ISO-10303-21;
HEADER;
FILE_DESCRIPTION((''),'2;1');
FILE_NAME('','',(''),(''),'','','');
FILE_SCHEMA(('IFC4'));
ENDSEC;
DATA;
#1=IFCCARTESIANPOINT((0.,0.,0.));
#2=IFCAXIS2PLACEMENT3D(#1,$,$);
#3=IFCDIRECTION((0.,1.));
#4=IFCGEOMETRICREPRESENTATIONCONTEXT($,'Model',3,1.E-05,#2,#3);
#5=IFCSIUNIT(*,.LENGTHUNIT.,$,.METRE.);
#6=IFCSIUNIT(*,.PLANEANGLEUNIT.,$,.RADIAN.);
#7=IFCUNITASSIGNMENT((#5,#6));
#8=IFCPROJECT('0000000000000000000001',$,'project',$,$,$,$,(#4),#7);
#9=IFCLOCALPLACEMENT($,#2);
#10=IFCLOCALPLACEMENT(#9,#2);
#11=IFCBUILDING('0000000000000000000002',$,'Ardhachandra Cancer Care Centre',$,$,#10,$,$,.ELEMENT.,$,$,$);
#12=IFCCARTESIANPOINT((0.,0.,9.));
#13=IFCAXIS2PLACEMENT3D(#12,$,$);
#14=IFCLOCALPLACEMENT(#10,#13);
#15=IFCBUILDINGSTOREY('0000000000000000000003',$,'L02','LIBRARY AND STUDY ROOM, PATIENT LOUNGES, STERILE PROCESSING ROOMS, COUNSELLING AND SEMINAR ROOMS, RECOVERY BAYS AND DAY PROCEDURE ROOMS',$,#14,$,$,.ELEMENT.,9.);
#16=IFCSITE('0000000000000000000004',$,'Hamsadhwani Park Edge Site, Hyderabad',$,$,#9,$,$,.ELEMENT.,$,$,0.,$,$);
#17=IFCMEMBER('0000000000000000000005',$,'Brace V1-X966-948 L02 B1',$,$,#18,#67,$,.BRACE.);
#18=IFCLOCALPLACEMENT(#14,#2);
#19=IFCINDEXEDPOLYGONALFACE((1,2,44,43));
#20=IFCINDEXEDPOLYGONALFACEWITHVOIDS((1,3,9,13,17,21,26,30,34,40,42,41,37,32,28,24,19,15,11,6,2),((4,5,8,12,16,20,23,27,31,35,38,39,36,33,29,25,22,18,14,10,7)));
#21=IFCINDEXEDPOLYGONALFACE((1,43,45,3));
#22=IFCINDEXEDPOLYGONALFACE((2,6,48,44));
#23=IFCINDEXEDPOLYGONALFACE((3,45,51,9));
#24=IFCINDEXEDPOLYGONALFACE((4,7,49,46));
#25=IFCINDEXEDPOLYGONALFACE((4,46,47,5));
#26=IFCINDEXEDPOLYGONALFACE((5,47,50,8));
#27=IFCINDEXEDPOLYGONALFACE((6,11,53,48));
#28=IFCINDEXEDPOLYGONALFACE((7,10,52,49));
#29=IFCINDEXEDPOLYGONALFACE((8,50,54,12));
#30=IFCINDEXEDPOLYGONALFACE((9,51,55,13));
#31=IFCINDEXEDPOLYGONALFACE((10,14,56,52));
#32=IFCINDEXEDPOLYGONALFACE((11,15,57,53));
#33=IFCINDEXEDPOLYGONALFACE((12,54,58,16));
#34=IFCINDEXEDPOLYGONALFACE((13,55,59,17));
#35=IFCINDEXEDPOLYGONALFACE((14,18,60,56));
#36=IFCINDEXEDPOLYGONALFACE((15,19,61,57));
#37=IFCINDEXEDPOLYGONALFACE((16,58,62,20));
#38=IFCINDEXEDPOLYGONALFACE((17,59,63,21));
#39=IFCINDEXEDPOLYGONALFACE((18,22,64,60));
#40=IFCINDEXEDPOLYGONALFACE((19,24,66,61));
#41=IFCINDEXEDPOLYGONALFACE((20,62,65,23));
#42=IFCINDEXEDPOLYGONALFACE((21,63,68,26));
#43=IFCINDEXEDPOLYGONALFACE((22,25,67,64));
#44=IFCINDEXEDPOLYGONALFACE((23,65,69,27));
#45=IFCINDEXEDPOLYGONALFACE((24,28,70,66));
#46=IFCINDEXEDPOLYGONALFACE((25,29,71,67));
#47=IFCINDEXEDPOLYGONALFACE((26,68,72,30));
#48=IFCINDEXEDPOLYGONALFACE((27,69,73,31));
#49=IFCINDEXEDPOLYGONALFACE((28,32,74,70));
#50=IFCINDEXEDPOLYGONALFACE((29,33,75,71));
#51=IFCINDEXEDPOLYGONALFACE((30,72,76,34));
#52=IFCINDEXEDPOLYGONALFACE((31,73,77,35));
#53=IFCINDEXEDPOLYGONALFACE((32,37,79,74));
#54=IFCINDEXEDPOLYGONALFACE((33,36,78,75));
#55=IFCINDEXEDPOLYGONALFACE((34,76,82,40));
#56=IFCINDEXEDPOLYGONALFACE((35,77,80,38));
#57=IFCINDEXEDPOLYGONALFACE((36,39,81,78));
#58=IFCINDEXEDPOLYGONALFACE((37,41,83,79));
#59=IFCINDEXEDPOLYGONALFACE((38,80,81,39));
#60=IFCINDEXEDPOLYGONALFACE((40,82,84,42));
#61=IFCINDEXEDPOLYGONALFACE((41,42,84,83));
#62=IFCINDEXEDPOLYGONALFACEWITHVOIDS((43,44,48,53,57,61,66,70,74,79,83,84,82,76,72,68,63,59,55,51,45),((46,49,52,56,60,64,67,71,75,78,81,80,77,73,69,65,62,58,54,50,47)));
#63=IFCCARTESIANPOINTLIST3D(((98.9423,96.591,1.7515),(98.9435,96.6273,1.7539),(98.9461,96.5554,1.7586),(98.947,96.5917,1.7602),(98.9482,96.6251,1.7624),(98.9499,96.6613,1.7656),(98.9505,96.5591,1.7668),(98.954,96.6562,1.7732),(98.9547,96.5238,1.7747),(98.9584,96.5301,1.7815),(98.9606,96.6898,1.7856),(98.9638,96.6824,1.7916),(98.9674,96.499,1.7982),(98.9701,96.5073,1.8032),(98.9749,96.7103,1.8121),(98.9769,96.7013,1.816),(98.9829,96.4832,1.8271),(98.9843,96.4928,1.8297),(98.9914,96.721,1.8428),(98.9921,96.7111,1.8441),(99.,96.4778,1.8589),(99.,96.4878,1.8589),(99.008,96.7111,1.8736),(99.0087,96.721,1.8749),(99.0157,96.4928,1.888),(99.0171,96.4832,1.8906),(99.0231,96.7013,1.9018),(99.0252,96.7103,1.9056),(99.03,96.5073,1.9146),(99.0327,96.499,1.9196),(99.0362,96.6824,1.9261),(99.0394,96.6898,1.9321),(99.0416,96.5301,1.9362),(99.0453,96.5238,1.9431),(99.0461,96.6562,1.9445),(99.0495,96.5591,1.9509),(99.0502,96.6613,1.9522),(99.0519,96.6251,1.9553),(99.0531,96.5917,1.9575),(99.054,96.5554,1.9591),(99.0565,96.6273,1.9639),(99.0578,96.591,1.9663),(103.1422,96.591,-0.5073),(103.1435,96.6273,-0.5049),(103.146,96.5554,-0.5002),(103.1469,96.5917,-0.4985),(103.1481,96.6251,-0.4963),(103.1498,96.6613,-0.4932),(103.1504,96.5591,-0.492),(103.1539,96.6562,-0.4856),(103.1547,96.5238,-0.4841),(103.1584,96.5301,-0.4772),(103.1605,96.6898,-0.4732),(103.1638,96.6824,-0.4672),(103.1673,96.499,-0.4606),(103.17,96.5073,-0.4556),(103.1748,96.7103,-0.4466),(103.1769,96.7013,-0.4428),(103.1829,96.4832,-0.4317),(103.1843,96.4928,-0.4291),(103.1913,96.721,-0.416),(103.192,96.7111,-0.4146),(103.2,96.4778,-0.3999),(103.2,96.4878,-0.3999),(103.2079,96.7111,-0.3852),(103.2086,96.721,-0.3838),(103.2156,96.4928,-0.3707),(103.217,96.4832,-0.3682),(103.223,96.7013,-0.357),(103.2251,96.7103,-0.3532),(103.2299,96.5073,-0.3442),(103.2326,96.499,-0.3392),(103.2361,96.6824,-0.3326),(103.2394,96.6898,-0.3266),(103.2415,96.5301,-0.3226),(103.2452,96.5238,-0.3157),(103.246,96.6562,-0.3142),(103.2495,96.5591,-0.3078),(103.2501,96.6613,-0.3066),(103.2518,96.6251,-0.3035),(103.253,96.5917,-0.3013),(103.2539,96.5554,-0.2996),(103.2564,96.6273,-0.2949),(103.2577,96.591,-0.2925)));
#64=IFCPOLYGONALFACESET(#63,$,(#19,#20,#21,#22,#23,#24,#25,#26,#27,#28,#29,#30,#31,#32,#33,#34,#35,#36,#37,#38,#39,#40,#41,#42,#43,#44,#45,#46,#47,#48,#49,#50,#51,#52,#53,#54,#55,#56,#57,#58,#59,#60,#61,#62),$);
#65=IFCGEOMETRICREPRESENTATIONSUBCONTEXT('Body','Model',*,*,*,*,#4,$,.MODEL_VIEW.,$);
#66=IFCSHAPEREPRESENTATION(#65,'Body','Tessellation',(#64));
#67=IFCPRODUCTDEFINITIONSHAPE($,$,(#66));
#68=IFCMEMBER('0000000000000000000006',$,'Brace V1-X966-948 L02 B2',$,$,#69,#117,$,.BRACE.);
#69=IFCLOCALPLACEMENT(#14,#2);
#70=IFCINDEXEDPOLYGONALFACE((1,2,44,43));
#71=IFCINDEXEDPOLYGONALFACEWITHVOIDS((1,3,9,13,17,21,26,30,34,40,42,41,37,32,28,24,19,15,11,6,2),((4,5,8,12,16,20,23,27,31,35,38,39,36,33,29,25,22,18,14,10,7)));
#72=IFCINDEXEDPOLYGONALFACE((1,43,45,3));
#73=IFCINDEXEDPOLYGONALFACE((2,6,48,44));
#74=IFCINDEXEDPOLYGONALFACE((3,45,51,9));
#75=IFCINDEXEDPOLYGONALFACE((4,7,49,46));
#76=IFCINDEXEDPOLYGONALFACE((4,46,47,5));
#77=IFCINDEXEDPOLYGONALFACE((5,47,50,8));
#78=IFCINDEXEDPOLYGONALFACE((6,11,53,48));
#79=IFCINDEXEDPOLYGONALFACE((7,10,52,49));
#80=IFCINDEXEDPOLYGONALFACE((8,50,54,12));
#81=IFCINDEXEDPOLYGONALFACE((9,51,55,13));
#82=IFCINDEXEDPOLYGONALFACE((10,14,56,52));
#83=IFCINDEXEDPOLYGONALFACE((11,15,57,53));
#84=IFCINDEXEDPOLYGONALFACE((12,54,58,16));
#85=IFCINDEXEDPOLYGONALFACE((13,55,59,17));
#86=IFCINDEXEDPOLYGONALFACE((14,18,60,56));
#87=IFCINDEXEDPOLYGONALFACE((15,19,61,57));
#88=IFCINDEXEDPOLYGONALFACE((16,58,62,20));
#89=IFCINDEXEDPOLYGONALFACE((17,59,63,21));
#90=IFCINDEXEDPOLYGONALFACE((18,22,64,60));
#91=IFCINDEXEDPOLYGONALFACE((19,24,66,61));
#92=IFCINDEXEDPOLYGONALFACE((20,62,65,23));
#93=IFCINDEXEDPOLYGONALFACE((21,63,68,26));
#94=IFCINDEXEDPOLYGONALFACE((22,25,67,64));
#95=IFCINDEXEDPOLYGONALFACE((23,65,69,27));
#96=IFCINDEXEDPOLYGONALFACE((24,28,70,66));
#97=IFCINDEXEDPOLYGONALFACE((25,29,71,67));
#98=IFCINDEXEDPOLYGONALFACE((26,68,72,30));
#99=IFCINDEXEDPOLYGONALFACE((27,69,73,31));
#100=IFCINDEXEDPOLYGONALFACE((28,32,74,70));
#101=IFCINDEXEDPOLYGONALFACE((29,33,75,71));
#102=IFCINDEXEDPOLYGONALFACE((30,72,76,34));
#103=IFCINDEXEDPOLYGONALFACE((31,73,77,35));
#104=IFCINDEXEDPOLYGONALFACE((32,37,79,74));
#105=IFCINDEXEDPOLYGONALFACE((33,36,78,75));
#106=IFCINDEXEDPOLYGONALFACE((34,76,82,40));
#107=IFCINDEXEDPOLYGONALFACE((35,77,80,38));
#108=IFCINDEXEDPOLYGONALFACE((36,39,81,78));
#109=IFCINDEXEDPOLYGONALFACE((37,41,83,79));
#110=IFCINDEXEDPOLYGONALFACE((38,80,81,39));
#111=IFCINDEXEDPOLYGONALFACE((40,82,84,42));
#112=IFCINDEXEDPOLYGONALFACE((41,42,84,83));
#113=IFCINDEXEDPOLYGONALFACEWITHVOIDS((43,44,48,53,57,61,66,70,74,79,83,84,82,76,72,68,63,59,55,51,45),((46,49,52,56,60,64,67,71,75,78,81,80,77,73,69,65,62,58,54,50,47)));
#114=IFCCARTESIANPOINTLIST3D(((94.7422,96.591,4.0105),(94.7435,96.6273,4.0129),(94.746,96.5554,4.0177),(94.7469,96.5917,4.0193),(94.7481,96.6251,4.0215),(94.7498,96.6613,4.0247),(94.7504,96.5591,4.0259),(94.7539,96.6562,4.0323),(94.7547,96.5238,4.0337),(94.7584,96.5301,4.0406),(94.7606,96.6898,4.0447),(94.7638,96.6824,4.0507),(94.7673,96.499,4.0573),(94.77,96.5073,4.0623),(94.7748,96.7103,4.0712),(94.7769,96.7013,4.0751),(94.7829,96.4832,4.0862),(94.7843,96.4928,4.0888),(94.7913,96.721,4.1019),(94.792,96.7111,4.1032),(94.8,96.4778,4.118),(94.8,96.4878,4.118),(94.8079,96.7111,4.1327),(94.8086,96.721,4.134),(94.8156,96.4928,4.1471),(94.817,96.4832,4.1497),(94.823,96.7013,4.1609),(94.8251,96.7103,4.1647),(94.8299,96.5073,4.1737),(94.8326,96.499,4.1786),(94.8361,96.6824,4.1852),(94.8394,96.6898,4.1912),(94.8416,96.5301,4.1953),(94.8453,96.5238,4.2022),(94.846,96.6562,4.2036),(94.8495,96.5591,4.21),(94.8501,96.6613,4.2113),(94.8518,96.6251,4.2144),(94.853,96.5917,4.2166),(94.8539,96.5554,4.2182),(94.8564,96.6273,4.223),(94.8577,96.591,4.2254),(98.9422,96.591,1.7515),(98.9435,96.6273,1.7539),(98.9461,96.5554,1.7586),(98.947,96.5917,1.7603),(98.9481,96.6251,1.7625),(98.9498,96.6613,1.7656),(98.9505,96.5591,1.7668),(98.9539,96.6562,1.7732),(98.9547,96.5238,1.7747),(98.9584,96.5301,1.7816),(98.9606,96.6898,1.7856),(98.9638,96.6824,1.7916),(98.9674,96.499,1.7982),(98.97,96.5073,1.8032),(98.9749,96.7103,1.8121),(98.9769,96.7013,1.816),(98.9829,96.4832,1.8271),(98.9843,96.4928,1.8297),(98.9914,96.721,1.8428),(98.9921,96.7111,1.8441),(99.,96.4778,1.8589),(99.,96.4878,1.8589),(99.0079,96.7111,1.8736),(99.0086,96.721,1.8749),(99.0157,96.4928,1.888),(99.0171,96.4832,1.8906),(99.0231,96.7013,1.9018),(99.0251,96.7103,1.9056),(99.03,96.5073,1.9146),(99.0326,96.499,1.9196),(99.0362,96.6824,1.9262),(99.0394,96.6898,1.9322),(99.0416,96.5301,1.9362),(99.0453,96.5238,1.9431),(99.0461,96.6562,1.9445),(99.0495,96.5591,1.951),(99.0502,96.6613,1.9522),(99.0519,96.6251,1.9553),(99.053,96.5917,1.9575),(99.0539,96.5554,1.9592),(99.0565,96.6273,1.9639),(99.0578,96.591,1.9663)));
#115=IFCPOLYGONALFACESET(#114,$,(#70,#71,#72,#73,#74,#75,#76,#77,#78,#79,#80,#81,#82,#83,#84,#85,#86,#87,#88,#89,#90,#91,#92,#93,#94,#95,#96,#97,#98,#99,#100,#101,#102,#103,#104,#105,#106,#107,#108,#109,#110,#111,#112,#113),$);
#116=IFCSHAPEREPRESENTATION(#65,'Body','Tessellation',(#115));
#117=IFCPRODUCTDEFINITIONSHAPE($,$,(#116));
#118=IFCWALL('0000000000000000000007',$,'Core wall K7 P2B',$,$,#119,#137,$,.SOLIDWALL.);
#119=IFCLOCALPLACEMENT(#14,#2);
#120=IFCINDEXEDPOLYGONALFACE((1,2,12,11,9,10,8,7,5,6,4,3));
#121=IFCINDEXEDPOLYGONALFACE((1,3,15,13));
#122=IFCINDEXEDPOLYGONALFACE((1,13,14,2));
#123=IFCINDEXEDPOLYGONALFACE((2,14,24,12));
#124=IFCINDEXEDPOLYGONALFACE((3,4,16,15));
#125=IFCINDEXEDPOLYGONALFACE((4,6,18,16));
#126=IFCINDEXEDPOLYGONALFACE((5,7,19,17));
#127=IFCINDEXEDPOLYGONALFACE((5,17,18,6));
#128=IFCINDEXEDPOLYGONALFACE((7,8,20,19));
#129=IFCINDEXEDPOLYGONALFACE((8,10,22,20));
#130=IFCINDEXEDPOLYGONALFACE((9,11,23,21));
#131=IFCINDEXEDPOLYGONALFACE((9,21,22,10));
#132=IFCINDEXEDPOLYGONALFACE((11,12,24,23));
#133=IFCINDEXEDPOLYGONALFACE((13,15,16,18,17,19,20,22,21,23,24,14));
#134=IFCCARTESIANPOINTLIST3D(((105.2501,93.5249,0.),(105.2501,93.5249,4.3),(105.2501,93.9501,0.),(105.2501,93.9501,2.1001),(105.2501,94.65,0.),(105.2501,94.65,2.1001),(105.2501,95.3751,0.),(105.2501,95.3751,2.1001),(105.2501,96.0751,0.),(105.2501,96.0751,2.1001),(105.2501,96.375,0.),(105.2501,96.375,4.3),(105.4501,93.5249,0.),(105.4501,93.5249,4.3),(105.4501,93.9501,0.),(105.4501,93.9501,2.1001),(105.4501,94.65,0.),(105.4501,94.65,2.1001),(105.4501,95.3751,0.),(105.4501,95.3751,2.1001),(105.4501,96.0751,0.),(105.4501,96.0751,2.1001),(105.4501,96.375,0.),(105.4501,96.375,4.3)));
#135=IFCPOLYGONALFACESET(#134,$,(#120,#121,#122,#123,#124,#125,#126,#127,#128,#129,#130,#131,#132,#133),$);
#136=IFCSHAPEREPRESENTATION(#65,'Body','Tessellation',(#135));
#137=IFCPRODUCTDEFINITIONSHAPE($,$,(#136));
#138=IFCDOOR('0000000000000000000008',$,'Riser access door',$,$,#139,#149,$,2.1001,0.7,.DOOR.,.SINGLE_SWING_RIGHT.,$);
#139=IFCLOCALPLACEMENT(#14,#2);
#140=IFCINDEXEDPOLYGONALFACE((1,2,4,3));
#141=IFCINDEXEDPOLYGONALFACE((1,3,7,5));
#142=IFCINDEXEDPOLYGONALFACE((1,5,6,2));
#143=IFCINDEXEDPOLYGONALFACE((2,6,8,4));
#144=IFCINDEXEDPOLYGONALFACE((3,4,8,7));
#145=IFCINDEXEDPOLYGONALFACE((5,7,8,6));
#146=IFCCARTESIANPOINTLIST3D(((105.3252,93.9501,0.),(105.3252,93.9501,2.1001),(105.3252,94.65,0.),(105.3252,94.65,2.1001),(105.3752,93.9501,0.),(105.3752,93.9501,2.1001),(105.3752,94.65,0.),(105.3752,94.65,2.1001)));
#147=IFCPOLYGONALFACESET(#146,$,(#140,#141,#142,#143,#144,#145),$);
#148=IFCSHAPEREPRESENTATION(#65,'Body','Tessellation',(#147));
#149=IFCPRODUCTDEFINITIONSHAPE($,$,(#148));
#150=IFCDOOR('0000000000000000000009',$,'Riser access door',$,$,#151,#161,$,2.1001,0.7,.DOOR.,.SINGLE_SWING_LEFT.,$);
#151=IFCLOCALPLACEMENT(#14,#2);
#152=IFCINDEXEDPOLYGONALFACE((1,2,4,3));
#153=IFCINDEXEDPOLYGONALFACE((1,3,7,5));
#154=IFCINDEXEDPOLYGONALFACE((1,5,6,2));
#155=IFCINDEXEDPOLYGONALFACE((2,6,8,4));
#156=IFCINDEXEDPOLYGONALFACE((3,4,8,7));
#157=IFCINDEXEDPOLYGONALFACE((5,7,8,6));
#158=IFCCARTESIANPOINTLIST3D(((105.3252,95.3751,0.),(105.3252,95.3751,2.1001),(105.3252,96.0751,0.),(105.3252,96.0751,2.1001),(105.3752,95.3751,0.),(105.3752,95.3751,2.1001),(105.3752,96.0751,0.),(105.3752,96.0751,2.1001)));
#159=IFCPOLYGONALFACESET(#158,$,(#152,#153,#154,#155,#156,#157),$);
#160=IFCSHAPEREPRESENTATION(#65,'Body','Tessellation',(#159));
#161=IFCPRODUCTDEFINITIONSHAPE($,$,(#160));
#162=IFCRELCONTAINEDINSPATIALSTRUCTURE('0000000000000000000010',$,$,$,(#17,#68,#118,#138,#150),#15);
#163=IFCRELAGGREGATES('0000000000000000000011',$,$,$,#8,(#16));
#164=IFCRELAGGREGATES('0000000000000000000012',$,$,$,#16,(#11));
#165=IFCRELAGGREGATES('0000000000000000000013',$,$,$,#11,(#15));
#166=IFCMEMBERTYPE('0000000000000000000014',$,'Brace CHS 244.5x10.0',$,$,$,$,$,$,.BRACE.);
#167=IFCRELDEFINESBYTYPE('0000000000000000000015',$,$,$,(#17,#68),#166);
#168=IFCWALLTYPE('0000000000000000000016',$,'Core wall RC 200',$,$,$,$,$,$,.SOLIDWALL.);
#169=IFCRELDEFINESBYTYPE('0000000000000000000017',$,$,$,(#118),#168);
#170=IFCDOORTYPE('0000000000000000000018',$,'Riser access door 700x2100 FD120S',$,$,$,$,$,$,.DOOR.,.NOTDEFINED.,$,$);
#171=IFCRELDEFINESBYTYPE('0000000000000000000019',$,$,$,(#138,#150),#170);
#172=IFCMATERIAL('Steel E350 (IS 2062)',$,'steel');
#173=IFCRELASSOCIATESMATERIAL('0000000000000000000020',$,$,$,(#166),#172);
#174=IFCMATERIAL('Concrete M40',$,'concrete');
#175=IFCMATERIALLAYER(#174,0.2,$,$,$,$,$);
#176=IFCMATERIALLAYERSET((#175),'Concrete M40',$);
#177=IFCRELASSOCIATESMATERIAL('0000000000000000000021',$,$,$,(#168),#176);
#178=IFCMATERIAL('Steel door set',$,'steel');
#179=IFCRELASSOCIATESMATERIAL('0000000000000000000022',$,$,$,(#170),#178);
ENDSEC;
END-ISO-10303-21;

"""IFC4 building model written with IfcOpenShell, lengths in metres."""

from ifc_helpers import new_model, si_unit, direction, frame, frame_2d, origin, origin_2d, place, context, subcontext, project, spatial, rectangle, hollow_circle, extrude, material, layer, layer_set, material_profile, profile_set, type_object, element, fill, save


model = new_model("IFC4")

# Units and contexts
model_context = context("Model", 3, precision=1e-05, world=origin(), true_north=direction((0.0, 1.0)))
body_context = subcontext(model_context, "Body", "Model", "MODEL_VIEW")
ifc_project = project(units=[si_unit("LENGTHUNIT", "METRE"), si_unit("PLANEANGLEUNIT", "RADIAN")], contexts=[model_context])

# Site, building, storey
site_placement = place(None, origin())
site = spatial("IfcSite", under=ifc_project, at=site_placement, Name="Hamsadhwani Park Edge Site, Hyderabad", CompositionType="ELEMENT", RefElevation=0.0)
building_placement = place(site_placement, origin())
building = spatial("IfcBuilding", under=site, at=building_placement, Name="Ardhachandra Cancer Care Centre", CompositionType="ELEMENT")
storey_placement = place(building_placement, frame((0.0, 0.0, 9.0)))
storey = spatial("IfcBuildingStorey", under=building, at=storey_placement, Name="L02", Description="LIBRARY AND STUDY ROOM, PATIENT LOUNGES, STERILE PROCESSING ROOMS, COUNSELLING AND SEMINAR ROOMS, RECOVERY BAYS AND DAY PROCEDURE ROOMS", CompositionType="ELEMENT", Elevation=9.0)

# Members
ifc_material_1 = material(Name="Steel E350 (IS 2062)", Category="steel")
ifc_material_profile_1 = material_profile(ifc_material_1, hollow_circle(Radius=0.1223, WallThickness=0.01, at=origin_2d()), Name="CHS 244.5x10.0")
ifc_profile_set_1 = profile_set([ifc_material_profile_1], Name="Steel E350 (IS 2062)")
member_type = type_object("IfcMemberType", Name="Brace CHS 244.5x10.0", PredefinedType="BRACE", material=ifc_profile_set_1)
member_1_placement = place(storey_placement, frame((103.2, 96.6001, -0.3999), z_axis=(-0.880709, 0.0, 0.473657), x_axis=(0.0, -1.0, 0.0)))
element("IfcMember", 1, at=member_1_placement, inside=storey, type_object=member_type, Name="Brace V1-X966-948 L02 B1", PredefinedType="BRACE", context=body_context, shape_type="SweptSolid", body=[
    extrude(hollow_circle(Radius=0.1223, WallThickness=0.01, at=origin_2d()), origin(), (0.0, 0.0, 1.0), 4.7688),
])
member_2_placement = place(storey_placement, frame((99.0, 96.6001, 1.8589), z_axis=(-0.880688, 0.0, 0.473697), x_axis=(0.0, -1.0, 0.0)))
element("IfcMember", 2, at=member_2_placement, inside=storey, type_object=member_type, Name="Brace V1-X966-948 L02 B2", PredefinedType="BRACE", context=body_context, shape_type="SweptSolid", body=[
    extrude(hollow_circle(Radius=0.1223, WallThickness=0.01, at=origin_2d()), origin(), (0.0, 0.0, 1.0), 4.769),
])

# Wall, openings, doors
ifc_material_2 = material(Name="Concrete M40", Category="concrete")
ifc_layer_1 = layer(ifc_material_2, 0.2)
ifc_layer_set_1 = layer_set([ifc_layer_1], Name="Concrete M40")
wall_type_1 = type_object("IfcWallType", Name="Core wall RC 200", PredefinedType="SOLIDWALL", material=ifc_layer_set_1)
wall_1_placement = place(storey_placement, frame((105.3501, 93.5249, 0.0), z_axis=(0.0, 0.0, 1.0), x_axis=(0.0, 1.0, 0.0)))
wall_1 = element("IfcWall", 3, at=wall_1_placement, inside=storey, type_object=wall_type_1, Name="Core wall K7 P2B", PredefinedType="SOLIDWALL", context=body_context, shape_type="SweptSolid", body=[
    extrude(rectangle(XDim=2.8501, YDim=0.2, at=frame_2d((1.425, 0.0))), origin(), (0.0, 0.0, 1.0), 4.3),
])
opening_1_placement = place(wall_1_placement, frame((0.425, 0.0, 0.0)))
opening_1 = element("IfcOpeningElement", 4, at=opening_1_placement, cuts=wall_1, PredefinedType="OPENING", context=body_context, shape_type="SweptSolid", body=[
    extrude(rectangle(XDim=0.7, YDim=2.1001, at=frame_2d((0.3501, 1.05))), frame((0.0, 0.1099, 0.0), z_axis=(0.0, -1.0, 0.0), x_axis=(1.0, 0.0, 0.0)), (0.0, 0.0, 1.0), 0.22),
])
opening_2_placement = place(wall_1_placement, frame((1.8501, 0.0, 0.0)))
opening_2 = element("IfcOpeningElement", 5, at=opening_2_placement, cuts=wall_1, PredefinedType="OPENING", context=body_context, shape_type="SweptSolid", body=[
    extrude(rectangle(XDim=0.7, YDim=2.1001, at=frame_2d((0.3501, 1.05))), frame((0.0, 0.1099, 0.0), z_axis=(0.0, -1.0, 0.0), x_axis=(1.0, 0.0, 0.0)), (0.0, 0.0, 1.0), 0.22),
])
ifc_material_3 = material(Name="Steel door set", Category="steel")
door_type_1 = type_object("IfcDoorType", Name="Riser access door 700x2100 FD120S", OperationType="NOTDEFINED", PredefinedType="DOOR", material=ifc_material_3)
door_1_placement = place(opening_1_placement, origin())
door_1 = element("IfcDoor", 6, at=door_1_placement, inside=storey, type_object=door_type_1, Name="Riser access door", OperationType="SINGLE_SWING_RIGHT", OverallHeight=2.1001, OverallWidth=0.7, PredefinedType="DOOR", context=body_context, shape_type="SweptSolid", body=[
    extrude(rectangle(XDim=0.7, YDim=2.1001, at=frame_2d((0.3501, 1.05))), frame((0.0, 0.0249, 0.0), z_axis=(0.0, -1.0, 0.0), x_axis=(1.0, 0.0, 0.0)), (0.0, 0.0, 1.0), 0.05),
])
fill(opening_1, door_1)
door_2_placement = place(opening_2_placement, origin())
door_2 = element("IfcDoor", 7, at=door_2_placement, inside=storey, type_object=door_type_1, Name="Riser access door", OperationType="SINGLE_SWING_LEFT", OverallHeight=2.1001, OverallWidth=0.7, PredefinedType="DOOR", context=body_context, shape_type="SweptSolid", body=[
    extrude(rectangle(XDim=0.7, YDim=2.1001, at=frame_2d((0.3501, 1.05))), frame((0.0, 0.0249, 0.0), z_axis=(0.0, -1.0, 0.0), x_axis=(1.0, 0.0, 0.0)), (0.0, 0.0, 1.0), 0.05),
])
fill(opening_2, door_2)

save(model, "model.ifc")
